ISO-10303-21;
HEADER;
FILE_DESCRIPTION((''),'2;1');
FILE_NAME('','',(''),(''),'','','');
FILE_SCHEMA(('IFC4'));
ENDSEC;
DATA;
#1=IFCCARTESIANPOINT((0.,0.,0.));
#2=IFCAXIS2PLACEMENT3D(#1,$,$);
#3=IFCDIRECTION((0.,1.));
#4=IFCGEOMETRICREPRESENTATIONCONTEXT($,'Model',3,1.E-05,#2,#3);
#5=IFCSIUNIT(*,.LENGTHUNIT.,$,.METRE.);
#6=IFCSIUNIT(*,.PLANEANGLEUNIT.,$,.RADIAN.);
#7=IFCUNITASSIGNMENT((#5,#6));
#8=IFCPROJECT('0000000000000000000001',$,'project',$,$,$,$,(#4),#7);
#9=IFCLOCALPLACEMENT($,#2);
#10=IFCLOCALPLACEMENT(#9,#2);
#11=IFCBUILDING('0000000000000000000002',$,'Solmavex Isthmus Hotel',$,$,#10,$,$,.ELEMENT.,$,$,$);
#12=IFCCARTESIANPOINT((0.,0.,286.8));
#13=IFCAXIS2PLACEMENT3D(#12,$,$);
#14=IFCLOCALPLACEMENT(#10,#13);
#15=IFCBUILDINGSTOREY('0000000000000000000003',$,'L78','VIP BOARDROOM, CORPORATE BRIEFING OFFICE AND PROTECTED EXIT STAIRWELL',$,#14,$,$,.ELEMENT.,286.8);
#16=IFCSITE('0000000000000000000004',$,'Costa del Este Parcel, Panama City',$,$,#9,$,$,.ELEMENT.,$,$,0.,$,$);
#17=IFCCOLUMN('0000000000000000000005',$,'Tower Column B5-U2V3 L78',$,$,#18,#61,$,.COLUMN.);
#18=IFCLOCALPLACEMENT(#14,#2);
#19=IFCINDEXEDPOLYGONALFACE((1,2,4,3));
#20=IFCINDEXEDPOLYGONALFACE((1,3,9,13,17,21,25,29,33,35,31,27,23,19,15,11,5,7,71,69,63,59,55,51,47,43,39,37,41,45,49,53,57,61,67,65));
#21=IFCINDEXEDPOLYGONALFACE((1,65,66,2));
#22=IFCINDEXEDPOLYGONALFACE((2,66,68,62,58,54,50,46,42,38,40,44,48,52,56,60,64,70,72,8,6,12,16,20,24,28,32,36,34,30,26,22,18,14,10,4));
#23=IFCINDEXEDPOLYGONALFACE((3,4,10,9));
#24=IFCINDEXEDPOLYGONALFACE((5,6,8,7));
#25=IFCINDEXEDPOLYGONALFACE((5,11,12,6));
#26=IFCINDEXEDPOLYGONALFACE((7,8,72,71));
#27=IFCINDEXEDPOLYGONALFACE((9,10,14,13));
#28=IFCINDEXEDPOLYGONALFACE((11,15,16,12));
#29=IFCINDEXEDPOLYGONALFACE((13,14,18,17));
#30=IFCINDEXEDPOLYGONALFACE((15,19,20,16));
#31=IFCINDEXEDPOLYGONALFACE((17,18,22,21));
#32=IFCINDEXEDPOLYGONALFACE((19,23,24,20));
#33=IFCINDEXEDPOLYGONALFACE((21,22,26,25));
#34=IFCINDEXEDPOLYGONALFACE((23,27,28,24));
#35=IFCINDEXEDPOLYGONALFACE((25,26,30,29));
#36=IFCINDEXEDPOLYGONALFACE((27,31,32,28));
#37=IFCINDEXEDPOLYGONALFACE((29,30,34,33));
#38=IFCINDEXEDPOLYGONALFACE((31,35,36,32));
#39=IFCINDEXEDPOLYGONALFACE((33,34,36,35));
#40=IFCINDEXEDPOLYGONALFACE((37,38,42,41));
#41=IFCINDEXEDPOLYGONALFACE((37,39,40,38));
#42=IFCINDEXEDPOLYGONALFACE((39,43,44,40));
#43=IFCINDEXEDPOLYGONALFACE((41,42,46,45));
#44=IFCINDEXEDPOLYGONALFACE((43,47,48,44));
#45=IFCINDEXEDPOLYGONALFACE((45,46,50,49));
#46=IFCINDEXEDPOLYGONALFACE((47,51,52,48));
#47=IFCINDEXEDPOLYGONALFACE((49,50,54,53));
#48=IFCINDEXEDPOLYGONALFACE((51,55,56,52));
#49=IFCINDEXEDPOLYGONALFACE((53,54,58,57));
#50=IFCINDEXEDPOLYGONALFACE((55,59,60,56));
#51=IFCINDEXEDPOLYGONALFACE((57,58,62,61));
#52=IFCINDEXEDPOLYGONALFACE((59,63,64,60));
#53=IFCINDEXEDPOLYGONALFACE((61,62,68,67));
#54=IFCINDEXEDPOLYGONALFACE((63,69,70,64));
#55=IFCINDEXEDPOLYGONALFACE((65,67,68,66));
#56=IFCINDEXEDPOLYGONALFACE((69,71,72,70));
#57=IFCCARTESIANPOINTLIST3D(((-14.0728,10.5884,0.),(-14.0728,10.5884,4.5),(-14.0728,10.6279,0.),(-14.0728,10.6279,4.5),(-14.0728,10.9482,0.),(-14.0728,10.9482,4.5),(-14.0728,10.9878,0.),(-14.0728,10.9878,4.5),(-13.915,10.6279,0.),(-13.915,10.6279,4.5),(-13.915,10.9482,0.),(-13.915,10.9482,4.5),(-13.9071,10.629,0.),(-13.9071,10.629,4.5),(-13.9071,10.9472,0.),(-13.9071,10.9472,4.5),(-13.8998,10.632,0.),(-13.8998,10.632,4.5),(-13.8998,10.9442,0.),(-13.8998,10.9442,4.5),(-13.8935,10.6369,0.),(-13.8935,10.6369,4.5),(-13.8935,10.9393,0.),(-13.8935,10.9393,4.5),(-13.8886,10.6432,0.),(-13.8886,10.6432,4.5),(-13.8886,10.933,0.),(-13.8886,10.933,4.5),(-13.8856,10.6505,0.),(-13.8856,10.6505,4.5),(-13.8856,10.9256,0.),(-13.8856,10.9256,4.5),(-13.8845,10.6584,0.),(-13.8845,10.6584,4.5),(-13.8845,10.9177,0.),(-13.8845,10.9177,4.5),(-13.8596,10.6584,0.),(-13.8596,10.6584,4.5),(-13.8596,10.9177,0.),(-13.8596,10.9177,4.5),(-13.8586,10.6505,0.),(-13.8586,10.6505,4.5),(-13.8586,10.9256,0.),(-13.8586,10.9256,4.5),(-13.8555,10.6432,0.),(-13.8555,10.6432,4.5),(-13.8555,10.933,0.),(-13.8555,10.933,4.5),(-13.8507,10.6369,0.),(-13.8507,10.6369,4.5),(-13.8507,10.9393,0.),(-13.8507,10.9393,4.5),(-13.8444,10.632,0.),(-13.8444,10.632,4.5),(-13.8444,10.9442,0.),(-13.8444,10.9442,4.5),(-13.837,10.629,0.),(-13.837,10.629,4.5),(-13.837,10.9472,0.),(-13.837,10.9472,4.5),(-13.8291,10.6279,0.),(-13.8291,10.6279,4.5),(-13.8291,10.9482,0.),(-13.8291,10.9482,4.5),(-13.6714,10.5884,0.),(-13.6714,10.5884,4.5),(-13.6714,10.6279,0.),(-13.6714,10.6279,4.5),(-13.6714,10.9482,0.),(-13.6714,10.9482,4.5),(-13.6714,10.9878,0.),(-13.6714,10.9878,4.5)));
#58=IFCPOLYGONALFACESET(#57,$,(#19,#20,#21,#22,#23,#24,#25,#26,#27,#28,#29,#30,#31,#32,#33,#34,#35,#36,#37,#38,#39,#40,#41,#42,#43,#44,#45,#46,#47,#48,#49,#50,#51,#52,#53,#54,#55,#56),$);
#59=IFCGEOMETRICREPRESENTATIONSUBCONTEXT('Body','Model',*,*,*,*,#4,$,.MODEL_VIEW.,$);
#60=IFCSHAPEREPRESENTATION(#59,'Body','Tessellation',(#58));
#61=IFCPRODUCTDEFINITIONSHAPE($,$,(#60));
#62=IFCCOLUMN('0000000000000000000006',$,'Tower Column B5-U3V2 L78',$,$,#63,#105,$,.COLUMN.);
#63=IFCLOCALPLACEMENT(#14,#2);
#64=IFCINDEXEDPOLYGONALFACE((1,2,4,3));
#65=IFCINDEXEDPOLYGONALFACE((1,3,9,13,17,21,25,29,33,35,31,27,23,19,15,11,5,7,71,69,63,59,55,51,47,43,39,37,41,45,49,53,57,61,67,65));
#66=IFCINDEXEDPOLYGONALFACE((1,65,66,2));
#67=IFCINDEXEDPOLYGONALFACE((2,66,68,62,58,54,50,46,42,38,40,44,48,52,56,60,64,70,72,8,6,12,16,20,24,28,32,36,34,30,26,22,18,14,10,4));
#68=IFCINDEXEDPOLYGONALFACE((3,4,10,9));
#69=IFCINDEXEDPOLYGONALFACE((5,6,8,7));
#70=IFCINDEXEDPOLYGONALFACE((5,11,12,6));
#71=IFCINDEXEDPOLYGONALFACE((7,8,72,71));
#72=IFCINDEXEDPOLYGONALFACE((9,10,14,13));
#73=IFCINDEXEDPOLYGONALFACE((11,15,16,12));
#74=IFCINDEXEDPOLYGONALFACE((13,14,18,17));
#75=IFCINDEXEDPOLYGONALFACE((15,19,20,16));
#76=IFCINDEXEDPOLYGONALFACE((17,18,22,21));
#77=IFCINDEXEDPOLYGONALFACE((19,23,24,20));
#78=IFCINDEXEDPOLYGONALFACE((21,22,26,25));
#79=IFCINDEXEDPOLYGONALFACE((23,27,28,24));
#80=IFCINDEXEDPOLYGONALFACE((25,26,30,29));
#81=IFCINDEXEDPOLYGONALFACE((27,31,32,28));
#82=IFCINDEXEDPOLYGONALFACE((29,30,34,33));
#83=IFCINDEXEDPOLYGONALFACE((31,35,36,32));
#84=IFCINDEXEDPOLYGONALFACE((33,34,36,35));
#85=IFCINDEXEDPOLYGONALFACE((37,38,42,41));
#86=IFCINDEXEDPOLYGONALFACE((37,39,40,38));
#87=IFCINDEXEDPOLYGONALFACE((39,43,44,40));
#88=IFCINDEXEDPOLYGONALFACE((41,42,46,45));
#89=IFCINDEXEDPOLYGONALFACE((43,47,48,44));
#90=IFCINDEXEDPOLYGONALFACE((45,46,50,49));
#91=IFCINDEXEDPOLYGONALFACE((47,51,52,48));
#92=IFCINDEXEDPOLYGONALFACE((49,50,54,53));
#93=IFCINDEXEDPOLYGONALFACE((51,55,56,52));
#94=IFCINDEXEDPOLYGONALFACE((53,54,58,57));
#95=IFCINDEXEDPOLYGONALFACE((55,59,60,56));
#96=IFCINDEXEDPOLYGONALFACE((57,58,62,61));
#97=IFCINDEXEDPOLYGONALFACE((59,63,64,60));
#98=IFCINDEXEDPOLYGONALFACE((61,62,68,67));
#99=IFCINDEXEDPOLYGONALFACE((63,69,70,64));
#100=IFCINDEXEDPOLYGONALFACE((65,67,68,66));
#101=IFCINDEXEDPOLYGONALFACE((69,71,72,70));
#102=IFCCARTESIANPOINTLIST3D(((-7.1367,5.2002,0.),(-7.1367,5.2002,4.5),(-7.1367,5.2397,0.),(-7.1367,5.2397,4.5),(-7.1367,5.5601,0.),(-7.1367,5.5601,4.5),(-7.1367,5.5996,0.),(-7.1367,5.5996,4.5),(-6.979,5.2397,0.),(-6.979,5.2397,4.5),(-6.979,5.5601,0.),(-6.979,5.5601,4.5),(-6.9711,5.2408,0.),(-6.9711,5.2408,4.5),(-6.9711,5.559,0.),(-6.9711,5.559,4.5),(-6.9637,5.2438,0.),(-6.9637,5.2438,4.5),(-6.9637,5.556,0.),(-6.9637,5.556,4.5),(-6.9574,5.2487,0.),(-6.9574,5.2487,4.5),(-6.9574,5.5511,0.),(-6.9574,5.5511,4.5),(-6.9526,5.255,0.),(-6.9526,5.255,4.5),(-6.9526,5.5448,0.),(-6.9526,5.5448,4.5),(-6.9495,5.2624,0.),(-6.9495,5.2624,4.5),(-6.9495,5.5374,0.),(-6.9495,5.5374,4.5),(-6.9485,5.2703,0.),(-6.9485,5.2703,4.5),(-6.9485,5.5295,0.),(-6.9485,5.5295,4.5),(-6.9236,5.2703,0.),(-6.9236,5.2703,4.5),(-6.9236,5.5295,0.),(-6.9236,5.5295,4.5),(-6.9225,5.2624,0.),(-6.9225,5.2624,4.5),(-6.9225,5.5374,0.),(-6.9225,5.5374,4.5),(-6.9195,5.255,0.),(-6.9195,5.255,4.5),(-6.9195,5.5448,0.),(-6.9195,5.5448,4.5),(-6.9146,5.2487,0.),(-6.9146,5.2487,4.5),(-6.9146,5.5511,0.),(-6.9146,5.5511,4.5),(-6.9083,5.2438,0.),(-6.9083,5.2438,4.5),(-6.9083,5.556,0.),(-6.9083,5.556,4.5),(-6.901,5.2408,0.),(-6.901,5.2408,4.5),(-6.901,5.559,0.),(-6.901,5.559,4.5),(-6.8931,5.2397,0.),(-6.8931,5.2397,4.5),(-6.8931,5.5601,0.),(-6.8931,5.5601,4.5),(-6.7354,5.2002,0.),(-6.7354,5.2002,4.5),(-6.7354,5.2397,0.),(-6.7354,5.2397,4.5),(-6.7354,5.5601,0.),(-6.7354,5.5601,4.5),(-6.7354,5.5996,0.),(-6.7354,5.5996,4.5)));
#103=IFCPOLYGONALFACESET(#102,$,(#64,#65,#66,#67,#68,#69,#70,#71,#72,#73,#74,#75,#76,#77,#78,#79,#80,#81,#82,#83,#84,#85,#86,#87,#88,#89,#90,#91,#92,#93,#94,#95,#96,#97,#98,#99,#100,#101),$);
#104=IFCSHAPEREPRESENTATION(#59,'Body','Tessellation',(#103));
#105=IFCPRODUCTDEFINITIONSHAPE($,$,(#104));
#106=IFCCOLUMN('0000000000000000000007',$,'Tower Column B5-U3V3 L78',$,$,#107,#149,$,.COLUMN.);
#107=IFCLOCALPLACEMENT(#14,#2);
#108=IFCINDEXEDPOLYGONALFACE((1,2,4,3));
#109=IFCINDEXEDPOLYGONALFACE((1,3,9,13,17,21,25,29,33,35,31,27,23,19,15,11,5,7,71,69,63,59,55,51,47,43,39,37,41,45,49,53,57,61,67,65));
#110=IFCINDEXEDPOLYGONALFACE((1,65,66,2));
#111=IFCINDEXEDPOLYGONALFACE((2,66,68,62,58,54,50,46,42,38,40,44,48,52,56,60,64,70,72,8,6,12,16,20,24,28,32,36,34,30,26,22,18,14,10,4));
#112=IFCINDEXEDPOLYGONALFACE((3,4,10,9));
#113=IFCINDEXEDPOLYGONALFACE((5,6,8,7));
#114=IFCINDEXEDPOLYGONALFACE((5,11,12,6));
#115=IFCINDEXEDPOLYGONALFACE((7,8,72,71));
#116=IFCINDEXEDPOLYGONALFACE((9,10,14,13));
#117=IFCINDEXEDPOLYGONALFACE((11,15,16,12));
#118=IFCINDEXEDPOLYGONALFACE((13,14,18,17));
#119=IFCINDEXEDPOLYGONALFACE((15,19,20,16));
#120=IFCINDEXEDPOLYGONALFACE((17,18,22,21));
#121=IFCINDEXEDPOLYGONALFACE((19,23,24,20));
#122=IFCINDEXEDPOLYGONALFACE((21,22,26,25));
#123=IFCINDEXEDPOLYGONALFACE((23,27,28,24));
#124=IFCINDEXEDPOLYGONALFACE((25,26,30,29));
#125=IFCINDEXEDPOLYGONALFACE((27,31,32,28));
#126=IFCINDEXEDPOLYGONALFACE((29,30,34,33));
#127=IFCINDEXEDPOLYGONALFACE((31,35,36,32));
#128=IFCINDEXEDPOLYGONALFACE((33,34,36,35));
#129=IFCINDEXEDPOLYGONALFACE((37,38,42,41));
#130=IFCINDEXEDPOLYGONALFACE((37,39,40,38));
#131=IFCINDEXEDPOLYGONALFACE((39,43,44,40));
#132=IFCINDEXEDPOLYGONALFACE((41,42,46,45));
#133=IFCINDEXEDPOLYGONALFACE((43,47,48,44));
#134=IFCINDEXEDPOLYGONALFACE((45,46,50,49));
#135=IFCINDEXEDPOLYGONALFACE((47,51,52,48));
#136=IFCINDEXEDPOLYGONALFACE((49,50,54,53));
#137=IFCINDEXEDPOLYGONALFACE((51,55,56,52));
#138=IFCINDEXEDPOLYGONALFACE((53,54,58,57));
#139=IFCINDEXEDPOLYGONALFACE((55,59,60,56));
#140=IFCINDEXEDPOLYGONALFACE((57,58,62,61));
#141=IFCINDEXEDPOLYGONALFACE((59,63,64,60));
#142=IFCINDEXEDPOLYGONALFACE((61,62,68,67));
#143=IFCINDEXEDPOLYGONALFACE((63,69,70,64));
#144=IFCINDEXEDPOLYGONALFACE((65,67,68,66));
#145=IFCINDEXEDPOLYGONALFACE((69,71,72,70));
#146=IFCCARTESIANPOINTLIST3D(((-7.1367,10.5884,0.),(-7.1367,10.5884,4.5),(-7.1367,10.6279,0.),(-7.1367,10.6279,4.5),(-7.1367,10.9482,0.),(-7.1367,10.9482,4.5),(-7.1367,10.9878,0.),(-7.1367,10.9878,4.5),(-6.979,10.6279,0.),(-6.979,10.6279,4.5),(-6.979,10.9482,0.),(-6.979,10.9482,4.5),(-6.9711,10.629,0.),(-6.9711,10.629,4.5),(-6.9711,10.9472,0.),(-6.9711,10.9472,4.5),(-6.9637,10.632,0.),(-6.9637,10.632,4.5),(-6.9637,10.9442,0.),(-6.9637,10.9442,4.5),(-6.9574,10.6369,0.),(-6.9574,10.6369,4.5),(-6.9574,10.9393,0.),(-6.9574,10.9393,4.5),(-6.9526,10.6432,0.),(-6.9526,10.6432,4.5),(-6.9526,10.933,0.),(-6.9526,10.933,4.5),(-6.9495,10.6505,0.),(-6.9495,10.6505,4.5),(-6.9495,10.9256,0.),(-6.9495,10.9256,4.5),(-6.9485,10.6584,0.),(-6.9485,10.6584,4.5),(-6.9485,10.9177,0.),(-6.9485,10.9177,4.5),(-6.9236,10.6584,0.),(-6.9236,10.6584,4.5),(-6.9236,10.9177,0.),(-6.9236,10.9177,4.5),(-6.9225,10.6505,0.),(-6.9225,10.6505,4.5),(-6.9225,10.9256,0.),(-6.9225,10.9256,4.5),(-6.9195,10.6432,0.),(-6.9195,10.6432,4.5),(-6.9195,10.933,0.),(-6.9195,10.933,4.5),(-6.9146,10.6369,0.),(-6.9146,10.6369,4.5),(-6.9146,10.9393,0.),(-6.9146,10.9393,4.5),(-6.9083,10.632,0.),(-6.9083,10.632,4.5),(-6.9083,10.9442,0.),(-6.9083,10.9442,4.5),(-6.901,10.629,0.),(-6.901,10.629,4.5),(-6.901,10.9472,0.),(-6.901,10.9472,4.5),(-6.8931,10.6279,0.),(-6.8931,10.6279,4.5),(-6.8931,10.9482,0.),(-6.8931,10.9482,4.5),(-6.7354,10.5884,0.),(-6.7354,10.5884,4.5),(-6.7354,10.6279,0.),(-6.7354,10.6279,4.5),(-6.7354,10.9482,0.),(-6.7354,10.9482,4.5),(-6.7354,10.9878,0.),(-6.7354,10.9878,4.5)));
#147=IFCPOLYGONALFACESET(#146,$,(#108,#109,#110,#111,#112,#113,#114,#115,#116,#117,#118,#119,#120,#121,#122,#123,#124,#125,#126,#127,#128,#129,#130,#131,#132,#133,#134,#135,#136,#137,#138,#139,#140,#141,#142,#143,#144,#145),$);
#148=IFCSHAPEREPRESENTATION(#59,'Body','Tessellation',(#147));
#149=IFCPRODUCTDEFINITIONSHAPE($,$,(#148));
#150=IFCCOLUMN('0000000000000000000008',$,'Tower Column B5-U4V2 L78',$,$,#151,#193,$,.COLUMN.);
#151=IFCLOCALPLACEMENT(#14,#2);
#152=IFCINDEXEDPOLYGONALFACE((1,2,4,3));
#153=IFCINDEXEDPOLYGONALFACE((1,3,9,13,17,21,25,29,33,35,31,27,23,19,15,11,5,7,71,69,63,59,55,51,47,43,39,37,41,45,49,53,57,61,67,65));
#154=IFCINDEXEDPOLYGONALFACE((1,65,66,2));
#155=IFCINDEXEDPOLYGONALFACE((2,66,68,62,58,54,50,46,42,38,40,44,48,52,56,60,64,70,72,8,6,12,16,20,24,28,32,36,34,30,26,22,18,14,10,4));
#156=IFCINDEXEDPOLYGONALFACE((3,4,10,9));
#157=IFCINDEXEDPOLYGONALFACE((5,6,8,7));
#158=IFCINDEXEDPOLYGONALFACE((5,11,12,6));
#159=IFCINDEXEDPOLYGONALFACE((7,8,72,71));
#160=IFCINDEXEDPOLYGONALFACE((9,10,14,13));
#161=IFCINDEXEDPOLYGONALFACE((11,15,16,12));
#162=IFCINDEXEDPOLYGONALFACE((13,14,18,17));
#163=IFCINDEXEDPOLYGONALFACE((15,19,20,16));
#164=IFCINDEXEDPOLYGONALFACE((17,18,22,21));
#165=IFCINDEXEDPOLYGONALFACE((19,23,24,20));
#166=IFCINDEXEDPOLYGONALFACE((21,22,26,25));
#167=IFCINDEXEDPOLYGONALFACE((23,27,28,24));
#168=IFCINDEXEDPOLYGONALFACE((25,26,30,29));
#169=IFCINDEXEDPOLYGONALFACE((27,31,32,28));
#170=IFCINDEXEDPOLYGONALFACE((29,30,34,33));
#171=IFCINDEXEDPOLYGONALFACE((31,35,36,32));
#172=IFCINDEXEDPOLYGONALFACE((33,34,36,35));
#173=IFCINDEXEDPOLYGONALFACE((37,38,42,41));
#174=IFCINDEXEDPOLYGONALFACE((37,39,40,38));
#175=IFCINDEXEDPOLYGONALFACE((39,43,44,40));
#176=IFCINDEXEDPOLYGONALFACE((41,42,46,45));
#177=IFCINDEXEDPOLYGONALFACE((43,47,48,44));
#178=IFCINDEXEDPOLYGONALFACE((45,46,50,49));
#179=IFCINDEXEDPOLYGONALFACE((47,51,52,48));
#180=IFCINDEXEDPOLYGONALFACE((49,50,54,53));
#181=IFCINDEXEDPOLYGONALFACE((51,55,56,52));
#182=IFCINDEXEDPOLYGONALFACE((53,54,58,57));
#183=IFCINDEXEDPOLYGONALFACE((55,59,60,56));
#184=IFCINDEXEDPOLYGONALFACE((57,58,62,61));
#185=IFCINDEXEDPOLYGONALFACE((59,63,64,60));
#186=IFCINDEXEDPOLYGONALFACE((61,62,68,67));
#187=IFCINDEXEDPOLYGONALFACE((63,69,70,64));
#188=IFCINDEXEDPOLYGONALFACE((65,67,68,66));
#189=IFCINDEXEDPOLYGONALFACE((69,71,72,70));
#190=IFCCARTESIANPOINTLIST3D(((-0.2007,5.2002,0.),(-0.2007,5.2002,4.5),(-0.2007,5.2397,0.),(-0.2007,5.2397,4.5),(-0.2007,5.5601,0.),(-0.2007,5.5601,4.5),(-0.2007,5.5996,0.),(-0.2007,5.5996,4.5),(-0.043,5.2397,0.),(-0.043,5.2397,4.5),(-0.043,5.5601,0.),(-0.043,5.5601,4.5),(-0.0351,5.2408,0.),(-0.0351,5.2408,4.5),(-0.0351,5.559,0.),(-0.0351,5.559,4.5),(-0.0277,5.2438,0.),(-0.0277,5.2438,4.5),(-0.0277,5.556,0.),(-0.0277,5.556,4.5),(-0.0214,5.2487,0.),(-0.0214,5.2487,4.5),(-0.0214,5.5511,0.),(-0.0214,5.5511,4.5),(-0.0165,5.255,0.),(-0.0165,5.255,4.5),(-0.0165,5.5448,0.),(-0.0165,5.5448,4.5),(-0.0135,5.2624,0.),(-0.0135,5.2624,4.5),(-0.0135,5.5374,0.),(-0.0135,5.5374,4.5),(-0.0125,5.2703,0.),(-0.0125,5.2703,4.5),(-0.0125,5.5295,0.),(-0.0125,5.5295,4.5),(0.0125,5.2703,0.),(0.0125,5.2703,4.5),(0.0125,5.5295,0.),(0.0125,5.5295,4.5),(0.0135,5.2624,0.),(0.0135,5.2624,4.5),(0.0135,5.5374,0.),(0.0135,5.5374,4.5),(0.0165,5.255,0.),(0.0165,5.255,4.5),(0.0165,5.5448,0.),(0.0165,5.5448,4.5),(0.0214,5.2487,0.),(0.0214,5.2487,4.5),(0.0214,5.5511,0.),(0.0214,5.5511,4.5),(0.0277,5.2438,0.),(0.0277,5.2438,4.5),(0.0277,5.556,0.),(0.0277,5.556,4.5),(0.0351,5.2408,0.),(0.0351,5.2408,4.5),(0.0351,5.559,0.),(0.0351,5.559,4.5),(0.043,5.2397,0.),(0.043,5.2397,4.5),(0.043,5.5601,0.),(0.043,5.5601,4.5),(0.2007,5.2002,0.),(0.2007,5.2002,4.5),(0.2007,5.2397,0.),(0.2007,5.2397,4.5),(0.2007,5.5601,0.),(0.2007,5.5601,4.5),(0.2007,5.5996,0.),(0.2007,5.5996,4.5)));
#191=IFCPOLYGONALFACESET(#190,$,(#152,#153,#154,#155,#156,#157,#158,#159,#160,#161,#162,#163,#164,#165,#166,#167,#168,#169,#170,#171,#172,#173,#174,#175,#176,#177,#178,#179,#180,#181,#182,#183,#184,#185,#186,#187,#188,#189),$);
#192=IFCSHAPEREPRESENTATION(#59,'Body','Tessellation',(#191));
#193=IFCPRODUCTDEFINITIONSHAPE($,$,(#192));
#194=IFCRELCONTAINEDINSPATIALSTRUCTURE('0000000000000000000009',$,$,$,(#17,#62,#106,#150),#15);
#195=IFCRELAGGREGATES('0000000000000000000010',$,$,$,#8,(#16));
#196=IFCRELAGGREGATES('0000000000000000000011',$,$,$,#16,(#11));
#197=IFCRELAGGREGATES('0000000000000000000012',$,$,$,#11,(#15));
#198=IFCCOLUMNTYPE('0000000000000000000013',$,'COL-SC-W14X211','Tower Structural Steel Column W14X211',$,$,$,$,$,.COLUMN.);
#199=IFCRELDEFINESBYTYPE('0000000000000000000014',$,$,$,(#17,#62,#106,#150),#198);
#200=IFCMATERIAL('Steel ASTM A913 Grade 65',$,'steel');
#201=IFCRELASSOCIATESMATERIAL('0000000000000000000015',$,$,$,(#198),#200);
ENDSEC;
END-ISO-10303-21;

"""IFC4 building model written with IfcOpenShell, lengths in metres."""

from ifc_helpers import new_model, si_unit, direction, frame, origin, origin_2d, place, context, subcontext, project, spatial, i_section, extrude, material, material_profile, profile_set, type_object, element, save


model = new_model("IFC4")

# Units and contexts
model_context = context("Model", 3, precision=1e-05, world=origin(), true_north=direction((0.0, 1.0)))
body_context = subcontext(model_context, "Body", "Model", "MODEL_VIEW")
ifc_project = project(units=[si_unit("LENGTHUNIT", "METRE"), si_unit("PLANEANGLEUNIT", "RADIAN")], contexts=[model_context])

# Site, building, storey
site_placement = place(None, origin())
site = spatial("IfcSite", under=ifc_project, at=site_placement, Name="Costa del Este Parcel, Panama City", CompositionType="ELEMENT", RefElevation=0.0)
building_placement = place(site_placement, origin())
building = spatial("IfcBuilding", under=site, at=building_placement, Name="Solmavex Isthmus Hotel", CompositionType="ELEMENT")
storey_placement = place(building_placement, frame((0.0, 0.0, 286.8)))
storey = spatial("IfcBuildingStorey", under=building, at=storey_placement, Name="L78", Description="VIP BOARDROOM, CORPORATE BRIEFING OFFICE AND PROTECTED EXIT STAIRWELL", CompositionType="ELEMENT", Elevation=286.8)

# Columns
ifc_material_1 = material(Name="Steel ASTM A913 Grade 65", Category="steel")
ifc_material_profile_1 = material_profile(ifc_material_1, i_section(OverallWidth=0.4014, OverallDepth=0.3994, WebThickness=0.0249, FlangeThickness=0.0396, FilletRadius=0.0305, at=origin_2d()), Name="W14X211")
ifc_profile_set_1 = profile_set([ifc_material_profile_1], Name="Steel ASTM A913 Grade 65")
column_type = type_object("IfcColumnType", Name="COL-SC-W14X211", Description="Tower Structural Steel Column W14X211", PredefinedType="COLUMN", material=ifc_profile_set_1)
for number, where, z_axis, x_axis, name in (
    (1, (-13.8721, 10.7881, 0.0), (0.0, 0.0, 1.0), (1.0, 0.0, 0.0), "Tower Column B5-U2V3 L78"),
    (2, (-6.936, 5.3999, 0.0), (0.0, 0.0, 1.0), (1.0, 0.0, 0.0), "Tower Column B5-U3V2 L78"),
    (3, (-6.936, 10.7881, 0.0), (0.0, 0.0, 1.0), (1.0, 0.0, 0.0), "Tower Column B5-U3V3 L78"),
    (4, (0.0, 5.3999, 0.0), (0.0, 0.0, 1.0), (1.0, 0.0, 0.0), "Tower Column B5-U4V2 L78"),
):
    element("IfcColumn", number, at=place(storey_placement, frame(where, z_axis=z_axis, x_axis=x_axis)), inside=storey, type_object=column_type, Name=name, PredefinedType="COLUMN", context=body_context, shape_type="SweptSolid", body=[
        extrude(i_section(OverallWidth=0.4014, OverallDepth=0.3994, WebThickness=0.0249, FlangeThickness=0.0396, FilletRadius=0.0305, at=origin_2d()), origin(), (0.0, 0.0, 1.0), 4.5),
    ])

save(model, "model.ifc")
